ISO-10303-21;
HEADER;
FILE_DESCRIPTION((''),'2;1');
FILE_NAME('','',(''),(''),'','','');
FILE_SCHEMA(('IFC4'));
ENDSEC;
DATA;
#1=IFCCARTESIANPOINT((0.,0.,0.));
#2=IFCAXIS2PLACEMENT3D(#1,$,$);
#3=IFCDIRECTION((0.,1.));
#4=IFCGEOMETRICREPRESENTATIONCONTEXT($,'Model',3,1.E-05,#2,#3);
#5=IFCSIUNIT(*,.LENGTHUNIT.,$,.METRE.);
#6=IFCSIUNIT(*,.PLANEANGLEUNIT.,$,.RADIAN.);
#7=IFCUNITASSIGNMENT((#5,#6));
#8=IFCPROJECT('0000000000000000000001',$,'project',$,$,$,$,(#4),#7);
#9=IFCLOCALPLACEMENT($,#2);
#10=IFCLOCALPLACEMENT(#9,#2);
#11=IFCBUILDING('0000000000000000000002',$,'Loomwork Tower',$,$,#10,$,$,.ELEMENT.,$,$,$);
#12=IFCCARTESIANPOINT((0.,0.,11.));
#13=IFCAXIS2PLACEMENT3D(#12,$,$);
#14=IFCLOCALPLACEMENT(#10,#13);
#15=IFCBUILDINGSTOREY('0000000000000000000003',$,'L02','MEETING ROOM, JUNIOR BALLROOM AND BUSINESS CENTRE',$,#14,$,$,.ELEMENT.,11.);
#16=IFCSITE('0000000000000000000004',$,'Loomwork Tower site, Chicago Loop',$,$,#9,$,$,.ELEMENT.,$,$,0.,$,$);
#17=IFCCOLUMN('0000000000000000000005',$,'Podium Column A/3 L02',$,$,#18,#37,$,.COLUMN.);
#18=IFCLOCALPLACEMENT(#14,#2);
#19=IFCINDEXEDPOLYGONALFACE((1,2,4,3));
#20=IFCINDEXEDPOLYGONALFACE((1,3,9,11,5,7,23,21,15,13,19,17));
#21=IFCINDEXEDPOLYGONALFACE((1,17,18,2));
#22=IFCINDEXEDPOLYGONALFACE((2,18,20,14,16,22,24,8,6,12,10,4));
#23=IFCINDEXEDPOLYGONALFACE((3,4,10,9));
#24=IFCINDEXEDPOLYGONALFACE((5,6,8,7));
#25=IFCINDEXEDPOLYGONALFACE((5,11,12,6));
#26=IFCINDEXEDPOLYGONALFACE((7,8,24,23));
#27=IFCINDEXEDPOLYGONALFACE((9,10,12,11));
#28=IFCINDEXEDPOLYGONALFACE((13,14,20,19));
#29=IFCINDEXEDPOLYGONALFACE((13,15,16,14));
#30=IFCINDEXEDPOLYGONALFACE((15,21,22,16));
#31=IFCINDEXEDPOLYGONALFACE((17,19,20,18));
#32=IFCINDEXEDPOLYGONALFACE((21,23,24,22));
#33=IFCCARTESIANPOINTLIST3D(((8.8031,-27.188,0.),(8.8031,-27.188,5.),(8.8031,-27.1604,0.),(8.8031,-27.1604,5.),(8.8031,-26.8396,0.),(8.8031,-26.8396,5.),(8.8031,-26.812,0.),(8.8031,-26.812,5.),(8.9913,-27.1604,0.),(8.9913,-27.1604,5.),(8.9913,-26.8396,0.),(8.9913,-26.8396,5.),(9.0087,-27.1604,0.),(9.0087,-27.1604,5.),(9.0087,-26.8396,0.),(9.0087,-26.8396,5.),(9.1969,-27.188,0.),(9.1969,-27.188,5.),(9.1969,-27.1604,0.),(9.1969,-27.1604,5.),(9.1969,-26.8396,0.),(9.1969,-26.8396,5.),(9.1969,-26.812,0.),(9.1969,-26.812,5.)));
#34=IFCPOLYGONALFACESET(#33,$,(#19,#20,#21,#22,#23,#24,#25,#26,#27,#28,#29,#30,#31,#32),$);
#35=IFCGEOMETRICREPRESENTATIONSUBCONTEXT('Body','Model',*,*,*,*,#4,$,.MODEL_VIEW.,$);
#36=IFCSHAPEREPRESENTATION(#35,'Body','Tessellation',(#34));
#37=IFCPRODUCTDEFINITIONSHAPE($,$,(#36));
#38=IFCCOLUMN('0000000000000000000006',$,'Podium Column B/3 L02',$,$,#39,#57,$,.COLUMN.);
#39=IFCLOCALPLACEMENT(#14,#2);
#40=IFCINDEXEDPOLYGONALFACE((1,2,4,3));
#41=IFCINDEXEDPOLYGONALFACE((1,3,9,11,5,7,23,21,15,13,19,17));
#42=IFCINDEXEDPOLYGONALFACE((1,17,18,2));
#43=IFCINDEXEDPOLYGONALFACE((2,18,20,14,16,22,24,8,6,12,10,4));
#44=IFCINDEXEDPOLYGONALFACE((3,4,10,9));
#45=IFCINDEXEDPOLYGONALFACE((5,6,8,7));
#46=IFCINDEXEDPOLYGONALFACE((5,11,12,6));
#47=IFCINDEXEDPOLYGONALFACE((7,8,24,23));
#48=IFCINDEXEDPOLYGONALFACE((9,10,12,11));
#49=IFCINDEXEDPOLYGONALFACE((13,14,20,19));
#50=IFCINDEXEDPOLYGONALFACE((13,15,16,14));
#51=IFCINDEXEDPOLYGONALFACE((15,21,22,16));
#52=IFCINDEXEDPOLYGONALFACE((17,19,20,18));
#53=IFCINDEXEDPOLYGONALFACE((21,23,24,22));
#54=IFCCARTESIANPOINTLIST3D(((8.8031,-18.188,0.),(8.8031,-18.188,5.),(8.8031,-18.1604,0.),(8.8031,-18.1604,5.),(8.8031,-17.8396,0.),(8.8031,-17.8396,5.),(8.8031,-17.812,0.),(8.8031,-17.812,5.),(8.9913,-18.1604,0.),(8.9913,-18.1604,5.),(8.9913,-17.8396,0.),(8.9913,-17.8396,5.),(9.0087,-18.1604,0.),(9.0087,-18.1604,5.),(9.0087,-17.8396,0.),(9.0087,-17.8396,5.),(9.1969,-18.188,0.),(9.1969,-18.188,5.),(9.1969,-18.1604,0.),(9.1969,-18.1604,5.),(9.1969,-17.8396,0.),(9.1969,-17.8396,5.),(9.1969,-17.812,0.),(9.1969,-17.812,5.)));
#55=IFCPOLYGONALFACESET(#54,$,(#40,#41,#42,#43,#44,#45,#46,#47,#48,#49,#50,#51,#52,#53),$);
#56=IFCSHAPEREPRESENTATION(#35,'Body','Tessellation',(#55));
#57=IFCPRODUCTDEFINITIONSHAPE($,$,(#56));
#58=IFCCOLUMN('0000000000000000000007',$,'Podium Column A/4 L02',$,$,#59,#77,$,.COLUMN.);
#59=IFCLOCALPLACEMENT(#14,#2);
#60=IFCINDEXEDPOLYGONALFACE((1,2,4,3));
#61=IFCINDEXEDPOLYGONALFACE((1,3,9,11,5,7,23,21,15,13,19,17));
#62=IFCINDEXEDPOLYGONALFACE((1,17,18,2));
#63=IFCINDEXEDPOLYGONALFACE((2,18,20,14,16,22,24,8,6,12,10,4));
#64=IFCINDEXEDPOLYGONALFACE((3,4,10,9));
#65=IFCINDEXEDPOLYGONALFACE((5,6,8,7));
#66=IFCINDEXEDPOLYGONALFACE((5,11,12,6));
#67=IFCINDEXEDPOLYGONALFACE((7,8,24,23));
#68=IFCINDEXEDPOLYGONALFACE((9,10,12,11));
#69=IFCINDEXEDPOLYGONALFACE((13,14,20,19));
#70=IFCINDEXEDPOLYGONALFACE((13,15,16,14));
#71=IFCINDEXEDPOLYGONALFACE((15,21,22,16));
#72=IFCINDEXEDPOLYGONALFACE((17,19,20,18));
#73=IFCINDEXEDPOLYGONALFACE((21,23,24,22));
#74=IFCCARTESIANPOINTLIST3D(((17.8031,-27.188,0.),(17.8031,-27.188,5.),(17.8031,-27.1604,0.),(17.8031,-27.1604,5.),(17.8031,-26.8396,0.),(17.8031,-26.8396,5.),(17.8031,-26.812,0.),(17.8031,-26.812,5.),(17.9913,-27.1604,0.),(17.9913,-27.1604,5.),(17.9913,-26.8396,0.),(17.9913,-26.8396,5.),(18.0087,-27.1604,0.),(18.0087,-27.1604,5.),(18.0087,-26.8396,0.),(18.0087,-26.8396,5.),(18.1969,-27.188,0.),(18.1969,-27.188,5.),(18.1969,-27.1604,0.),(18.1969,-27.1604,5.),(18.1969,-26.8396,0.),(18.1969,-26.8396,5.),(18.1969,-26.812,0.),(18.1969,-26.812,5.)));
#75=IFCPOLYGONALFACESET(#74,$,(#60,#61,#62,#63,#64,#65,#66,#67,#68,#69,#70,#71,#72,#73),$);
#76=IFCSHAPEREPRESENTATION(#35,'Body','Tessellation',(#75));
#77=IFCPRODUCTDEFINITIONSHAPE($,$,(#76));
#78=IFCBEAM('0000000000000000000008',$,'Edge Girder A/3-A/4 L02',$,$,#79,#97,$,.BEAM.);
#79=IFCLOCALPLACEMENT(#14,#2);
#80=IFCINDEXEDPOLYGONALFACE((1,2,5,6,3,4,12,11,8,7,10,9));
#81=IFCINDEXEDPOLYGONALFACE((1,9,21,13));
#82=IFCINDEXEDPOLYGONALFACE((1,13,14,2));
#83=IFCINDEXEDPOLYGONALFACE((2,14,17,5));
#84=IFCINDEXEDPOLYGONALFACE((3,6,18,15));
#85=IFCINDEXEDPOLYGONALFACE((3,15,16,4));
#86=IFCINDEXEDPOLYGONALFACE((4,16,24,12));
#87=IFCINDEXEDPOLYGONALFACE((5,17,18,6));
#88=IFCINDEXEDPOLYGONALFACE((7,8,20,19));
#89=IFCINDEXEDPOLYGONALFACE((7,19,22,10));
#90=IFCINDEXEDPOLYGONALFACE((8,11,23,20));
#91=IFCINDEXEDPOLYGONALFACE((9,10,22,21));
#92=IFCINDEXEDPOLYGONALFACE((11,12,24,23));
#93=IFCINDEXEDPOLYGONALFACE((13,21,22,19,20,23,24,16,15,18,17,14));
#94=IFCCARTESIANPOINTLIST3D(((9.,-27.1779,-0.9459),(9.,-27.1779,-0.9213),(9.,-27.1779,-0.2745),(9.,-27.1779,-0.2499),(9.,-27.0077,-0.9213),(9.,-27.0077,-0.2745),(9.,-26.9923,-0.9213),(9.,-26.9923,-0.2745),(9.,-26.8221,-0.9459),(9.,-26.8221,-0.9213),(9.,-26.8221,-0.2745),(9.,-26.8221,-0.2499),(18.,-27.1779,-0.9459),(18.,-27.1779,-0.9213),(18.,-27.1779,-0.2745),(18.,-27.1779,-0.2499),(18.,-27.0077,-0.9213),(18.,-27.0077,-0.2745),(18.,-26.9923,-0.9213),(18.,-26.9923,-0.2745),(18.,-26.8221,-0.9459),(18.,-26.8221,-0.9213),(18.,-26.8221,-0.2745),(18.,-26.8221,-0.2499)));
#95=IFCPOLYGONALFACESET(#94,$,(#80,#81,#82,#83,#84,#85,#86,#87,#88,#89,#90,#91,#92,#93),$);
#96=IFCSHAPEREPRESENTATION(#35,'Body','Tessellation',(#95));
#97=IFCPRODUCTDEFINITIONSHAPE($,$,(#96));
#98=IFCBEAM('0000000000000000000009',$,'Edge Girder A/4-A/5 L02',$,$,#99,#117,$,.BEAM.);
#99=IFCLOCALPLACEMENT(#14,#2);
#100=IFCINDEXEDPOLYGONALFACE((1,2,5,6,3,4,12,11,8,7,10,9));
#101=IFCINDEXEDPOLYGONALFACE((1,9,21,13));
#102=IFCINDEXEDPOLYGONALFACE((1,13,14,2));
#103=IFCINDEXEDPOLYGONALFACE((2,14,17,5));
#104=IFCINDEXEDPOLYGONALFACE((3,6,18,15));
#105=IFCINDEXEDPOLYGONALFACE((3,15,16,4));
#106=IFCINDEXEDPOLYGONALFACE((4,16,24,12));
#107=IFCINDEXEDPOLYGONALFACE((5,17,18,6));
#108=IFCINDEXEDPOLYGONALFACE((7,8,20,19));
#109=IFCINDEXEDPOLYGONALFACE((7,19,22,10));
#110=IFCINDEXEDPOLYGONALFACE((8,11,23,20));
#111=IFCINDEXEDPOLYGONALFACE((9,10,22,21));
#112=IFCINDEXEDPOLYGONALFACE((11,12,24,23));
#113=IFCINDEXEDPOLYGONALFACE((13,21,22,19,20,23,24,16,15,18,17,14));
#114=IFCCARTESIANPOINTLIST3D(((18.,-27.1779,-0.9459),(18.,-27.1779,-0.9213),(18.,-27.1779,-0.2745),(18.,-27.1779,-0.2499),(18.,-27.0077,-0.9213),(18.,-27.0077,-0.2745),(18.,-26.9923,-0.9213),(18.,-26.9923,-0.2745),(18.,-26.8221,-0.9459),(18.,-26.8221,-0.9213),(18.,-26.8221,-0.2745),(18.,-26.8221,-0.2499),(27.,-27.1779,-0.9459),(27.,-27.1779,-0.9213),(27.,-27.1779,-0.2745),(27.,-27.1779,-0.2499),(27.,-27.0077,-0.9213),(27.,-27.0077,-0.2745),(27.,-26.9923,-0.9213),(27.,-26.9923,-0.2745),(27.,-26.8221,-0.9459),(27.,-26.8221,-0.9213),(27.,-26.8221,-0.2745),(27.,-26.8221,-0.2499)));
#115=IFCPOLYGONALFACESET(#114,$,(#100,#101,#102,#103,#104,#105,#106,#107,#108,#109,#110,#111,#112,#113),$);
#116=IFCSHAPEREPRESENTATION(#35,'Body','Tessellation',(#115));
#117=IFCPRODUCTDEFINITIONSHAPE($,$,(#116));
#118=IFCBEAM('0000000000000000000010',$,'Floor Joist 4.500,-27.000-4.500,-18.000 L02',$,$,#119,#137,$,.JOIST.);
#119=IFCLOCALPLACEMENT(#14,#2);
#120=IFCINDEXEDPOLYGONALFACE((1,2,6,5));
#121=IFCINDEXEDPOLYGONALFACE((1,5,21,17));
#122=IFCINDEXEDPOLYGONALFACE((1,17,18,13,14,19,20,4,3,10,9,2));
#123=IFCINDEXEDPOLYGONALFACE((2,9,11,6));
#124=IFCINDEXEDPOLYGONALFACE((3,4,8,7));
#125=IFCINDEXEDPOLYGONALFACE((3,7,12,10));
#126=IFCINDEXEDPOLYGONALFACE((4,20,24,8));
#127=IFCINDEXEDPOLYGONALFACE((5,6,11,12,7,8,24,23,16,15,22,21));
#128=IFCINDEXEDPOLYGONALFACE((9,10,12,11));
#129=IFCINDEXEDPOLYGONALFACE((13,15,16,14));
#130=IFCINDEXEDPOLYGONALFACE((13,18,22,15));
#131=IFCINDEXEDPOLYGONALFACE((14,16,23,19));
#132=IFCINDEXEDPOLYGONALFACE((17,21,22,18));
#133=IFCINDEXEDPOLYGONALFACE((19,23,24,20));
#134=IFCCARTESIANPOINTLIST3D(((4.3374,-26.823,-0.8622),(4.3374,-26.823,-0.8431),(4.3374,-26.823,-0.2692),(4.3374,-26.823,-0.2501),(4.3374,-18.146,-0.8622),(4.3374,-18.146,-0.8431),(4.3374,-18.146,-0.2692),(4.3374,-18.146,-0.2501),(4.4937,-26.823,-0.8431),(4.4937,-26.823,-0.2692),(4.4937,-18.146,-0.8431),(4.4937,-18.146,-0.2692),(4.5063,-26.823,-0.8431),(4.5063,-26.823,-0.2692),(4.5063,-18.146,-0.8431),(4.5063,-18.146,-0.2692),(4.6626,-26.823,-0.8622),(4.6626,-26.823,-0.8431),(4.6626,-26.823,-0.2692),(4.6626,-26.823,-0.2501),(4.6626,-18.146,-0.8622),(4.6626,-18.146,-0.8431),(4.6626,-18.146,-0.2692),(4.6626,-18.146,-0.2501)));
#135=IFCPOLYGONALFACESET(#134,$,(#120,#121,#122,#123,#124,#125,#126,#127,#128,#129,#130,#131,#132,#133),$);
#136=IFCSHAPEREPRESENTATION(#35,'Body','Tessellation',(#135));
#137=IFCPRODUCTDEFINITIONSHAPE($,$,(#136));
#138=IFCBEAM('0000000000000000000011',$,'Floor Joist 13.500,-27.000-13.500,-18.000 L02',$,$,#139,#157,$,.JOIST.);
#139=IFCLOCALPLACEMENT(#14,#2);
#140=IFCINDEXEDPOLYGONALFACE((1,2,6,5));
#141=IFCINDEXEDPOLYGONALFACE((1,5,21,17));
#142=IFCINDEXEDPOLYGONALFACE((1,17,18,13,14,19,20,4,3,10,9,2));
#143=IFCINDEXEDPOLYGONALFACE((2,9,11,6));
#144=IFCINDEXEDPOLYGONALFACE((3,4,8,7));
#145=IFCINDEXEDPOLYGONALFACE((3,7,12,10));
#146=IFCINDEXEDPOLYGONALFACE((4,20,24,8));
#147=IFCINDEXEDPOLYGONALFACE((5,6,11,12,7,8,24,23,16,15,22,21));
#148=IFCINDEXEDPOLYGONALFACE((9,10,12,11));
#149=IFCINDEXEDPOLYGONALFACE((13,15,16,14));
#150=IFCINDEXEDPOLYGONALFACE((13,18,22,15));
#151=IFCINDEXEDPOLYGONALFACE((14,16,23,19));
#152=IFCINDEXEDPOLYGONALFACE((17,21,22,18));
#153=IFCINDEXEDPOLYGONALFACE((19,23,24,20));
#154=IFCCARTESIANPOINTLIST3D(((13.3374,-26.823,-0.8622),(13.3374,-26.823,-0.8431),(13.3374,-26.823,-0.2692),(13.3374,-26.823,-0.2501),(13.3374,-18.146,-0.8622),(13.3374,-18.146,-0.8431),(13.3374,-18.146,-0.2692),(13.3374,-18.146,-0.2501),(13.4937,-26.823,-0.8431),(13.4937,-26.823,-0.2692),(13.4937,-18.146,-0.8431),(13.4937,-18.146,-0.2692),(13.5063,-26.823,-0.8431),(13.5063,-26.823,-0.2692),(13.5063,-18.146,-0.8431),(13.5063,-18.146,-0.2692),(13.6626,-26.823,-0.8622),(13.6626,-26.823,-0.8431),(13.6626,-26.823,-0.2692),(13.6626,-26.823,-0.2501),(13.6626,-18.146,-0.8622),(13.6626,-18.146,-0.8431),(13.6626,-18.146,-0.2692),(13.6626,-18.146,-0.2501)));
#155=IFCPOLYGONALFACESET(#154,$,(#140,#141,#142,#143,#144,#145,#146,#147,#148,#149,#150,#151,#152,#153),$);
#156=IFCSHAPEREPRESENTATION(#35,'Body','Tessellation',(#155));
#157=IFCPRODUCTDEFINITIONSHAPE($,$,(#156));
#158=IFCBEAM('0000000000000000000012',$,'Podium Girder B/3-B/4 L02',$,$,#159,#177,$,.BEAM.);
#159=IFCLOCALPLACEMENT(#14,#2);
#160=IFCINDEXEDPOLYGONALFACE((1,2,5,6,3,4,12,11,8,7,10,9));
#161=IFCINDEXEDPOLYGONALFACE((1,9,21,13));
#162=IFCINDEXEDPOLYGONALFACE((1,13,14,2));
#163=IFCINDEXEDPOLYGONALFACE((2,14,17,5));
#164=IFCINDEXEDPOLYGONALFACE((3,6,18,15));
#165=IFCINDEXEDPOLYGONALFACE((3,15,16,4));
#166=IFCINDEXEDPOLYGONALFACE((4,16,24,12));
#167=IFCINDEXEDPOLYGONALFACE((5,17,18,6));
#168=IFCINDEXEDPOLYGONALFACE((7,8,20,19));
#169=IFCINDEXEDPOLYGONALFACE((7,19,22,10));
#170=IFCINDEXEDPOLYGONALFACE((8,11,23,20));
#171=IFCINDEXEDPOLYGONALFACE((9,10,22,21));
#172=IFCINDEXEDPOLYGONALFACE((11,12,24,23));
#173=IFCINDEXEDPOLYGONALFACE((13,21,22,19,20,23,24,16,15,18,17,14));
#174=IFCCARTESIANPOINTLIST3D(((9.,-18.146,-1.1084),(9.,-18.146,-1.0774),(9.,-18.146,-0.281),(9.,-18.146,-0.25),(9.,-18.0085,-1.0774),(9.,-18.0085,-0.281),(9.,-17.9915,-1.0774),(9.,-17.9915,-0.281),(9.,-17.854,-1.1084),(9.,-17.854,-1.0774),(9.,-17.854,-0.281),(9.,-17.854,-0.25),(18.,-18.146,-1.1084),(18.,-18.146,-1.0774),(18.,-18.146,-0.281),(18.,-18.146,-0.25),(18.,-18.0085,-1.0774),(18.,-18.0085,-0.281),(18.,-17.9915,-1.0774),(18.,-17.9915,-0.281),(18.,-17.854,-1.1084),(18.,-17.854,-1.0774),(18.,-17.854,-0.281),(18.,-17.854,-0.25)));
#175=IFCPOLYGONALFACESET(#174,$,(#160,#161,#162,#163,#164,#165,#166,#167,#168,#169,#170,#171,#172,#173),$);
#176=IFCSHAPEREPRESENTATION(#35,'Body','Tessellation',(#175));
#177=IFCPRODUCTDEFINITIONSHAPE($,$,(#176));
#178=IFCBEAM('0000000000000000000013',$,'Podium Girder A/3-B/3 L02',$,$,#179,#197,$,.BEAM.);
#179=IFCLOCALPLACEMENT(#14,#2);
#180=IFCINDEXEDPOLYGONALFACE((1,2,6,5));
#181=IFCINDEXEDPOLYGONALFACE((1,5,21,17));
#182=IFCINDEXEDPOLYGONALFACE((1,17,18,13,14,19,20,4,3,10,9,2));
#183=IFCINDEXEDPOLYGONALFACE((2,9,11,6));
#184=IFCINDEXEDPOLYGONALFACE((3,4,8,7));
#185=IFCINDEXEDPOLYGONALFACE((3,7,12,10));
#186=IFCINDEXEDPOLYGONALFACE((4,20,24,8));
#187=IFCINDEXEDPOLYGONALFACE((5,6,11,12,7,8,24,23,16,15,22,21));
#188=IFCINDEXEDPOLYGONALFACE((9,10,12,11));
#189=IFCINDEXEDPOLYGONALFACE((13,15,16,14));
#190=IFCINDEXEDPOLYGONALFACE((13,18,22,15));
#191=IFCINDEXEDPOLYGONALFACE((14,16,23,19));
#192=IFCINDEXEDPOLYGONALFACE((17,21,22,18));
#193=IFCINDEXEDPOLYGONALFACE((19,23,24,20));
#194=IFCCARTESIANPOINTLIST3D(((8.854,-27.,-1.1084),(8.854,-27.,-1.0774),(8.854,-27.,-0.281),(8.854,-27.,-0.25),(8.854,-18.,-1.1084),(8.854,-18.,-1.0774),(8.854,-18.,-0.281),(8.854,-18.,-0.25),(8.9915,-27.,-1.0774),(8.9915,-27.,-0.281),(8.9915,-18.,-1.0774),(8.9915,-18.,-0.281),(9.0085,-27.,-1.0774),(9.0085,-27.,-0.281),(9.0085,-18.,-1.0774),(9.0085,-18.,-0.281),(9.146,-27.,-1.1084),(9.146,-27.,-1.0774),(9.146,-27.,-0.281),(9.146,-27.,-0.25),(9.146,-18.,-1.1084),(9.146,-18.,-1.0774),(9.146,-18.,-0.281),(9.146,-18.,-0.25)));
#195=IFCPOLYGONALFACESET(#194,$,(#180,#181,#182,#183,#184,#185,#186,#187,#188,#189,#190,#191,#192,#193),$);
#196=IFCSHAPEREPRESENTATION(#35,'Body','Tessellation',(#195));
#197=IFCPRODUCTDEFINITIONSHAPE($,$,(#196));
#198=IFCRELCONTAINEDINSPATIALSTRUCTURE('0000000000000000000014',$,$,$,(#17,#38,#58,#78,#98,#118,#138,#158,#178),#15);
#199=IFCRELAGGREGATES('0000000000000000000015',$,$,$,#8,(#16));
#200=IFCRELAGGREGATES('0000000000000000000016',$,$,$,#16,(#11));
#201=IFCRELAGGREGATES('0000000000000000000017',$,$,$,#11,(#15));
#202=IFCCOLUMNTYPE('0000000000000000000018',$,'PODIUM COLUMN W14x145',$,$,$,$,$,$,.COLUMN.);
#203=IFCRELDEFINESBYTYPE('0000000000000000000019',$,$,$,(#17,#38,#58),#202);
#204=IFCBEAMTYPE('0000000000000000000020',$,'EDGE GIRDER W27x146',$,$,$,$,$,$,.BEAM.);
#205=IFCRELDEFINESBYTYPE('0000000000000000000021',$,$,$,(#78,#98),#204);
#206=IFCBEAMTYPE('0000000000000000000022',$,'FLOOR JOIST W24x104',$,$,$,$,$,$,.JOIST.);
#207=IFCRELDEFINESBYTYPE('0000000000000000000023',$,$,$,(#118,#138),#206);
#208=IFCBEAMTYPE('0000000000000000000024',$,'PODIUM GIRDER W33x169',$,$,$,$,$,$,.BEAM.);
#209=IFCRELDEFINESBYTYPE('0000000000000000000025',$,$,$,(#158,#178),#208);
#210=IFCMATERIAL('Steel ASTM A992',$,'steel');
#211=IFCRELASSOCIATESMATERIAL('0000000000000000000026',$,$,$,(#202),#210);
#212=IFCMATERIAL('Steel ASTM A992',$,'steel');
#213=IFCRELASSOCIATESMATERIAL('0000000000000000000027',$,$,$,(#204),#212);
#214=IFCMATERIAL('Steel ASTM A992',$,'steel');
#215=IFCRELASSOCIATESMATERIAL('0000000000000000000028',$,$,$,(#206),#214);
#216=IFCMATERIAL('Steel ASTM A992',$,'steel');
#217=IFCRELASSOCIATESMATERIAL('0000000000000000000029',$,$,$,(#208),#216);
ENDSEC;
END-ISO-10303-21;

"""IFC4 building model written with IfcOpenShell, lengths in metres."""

from ifc_helpers import new_model, si_unit, direction, frame, origin, origin_2d, place, context, subcontext, project, spatial, i_section, extrude, material, material_profile, profile_set, type_object, element, save


model = new_model("IFC4")

# Units and contexts
model_context = context("Model", 3, precision=1e-05, world=origin(), true_north=direction((0.0, 1.0)))
body_context = subcontext(model_context, "Body", "Model", "MODEL_VIEW")
ifc_project = project(units=[si_unit("LENGTHUNIT", "METRE"), si_unit("PLANEANGLEUNIT", "RADIAN")], contexts=[model_context])

# Site, building, storey
site_placement = place(None, origin())
site = spatial("IfcSite", under=ifc_project, at=site_placement, Name="Loomwork Tower site, Chicago Loop", CompositionType="ELEMENT", RefElevation=0.0)
building_placement = place(site_placement, origin())
building = spatial("IfcBuilding", under=site, at=building_placement, Name="Loomwork Tower", CompositionType="ELEMENT")
storey_placement = place(building_placement, frame((0.0, 0.0, 11.0)))
storey = spatial("IfcBuildingStorey", under=building, at=storey_placement, Name="L02", Description="MEETING ROOM, JUNIOR BALLROOM AND BUSINESS CENTRE", CompositionType="ELEMENT", Elevation=11.0)

# Columns
ifc_material_1 = material(Name="Steel ASTM A992", Category="steel")
ifc_material_profile_1 = material_profile(ifc_material_1, i_section(OverallWidth=0.3938, OverallDepth=0.376, WebThickness=0.0173, FlangeThickness=0.0276, at=origin_2d()), Name="W14x145")
ifc_profile_set_1 = profile_set([ifc_material_profile_1], Name="Steel ASTM A992")
column_type = type_object("IfcColumnType", Name="PODIUM COLUMN W14x145", PredefinedType="COLUMN", material=ifc_profile_set_1)
for number, where, z_axis, x_axis, name in (
    (1, (9.0, -27.0, 0.0), (0.0, 0.0, 1.0), (1.0, 0.0, 0.0), "Podium Column A/3 L02"),
    (2, (9.0, -18.0, 0.0), (0.0, 0.0, 1.0), (1.0, 0.0, 0.0), "Podium Column B/3 L02"),
    (3, (18.0, -27.0, 0.0), (0.0, 0.0, 1.0), (1.0, 0.0, 0.0), "Podium Column A/4 L02"),
):
    element("IfcColumn", number, at=place(storey_placement, frame(where, z_axis=z_axis, x_axis=x_axis)), inside=storey, type_object=column_type, Name=name, PredefinedType="COLUMN", context=body_context, shape_type="SweptSolid", body=[
        extrude(i_section(OverallWidth=0.3938, OverallDepth=0.376, WebThickness=0.0173, FlangeThickness=0.0276, at=origin_2d()), origin(), (0.0, 0.0, 1.0), 5.0),
    ])

# Beams
ifc_material_2 = material(Name="Steel ASTM A992", Category="steel")
ifc_material_profile_2 = material_profile(ifc_material_2, i_section(OverallWidth=0.3557, OverallDepth=0.696, WebThickness=0.0154, FlangeThickness=0.0247, at=origin_2d()), Name="W27x146")
ifc_profile_set_2 = profile_set([ifc_material_profile_2], Name="Steel ASTM A992")
beam_type_1 = type_object("IfcBeamType", Name="EDGE GIRDER W27x146", PredefinedType="BEAM", material=ifc_profile_set_2)
for number, where, z_axis, x_axis, name in (
    (4, (9.0, -27.0, -0.5979), (1.0, 0.0, 0.0), (0.0, 1.0, 0.0), "Edge Girder A/3-A/4 L02"),
    (5, (18.0, -27.0, -0.5979), (1.0, 0.0, 0.0), (0.0, 1.0, 0.0), "Edge Girder A/4-A/5 L02"),
):
    element("IfcBeam", number, at=place(storey_placement, frame(where, z_axis=z_axis, x_axis=x_axis)), inside=storey, type_object=beam_type_1, Name=name, PredefinedType="BEAM", context=body_context, shape_type="SweptSolid", body=[
        extrude(i_section(OverallWidth=0.3557, OverallDepth=0.696, WebThickness=0.0154, FlangeThickness=0.0247, at=origin_2d()), origin(), (0.0, 0.0, 1.0), 9.0),
    ])
ifc_material_3 = material(Name="Steel ASTM A992", Category="steel")
ifc_material_profile_3 = material_profile(ifc_material_3, i_section(OverallWidth=0.3252, OverallDepth=0.6121, WebThickness=0.0127, FlangeThickness=0.019, at=origin_2d()), Name="W24x104")
ifc_profile_set_3 = profile_set([ifc_material_profile_3], Name="Steel ASTM A992")
beam_type_2 = type_object("IfcBeamType", Name="FLOOR JOIST W24x104", PredefinedType="JOIST", material=ifc_profile_set_3)
for number, where, z_axis, x_axis, name in (
    (6, (4.5, -26.823, -0.5562), (0.0, 1.0, 0.0), (-1.0, 0.0, 0.0), "Floor Joist 4.500,-27.000-4.500,-18.000 L02"),
    (7, (13.5, -26.823, -0.5562), (0.0, 1.0, 0.0), (-1.0, 0.0, 0.0), "Floor Joist 13.500,-27.000-13.500,-18.000 L02"),
):
    element("IfcBeam", number, at=place(storey_placement, frame(where, z_axis=z_axis, x_axis=x_axis)), inside=storey, type_object=beam_type_2, Name=name, PredefinedType="JOIST", context=body_context, shape_type="SweptSolid", body=[
        extrude(i_section(OverallWidth=0.3252, OverallDepth=0.6121, WebThickness=0.0127, FlangeThickness=0.019, at=origin_2d()), origin(), (0.0, 0.0, 1.0), 8.677),
    ])
ifc_material_4 = material(Name="Steel ASTM A992", Category="steel")
ifc_material_profile_4 = material_profile(ifc_material_4, i_section(OverallWidth=0.292, OverallDepth=0.8584, WebThickness=0.0171, FlangeThickness=0.031, at=origin_2d()), Name="W33x169")
ifc_profile_set_4 = profile_set([ifc_material_profile_4], Name="Steel ASTM A992")
beam_type_3 = type_object("IfcBeamType", Name="PODIUM GIRDER W33x169", PredefinedType="BEAM", material=ifc_profile_set_4)
for number, where, z_axis, x_axis, name in (
    (8, (9.0, -18.0, -0.6792), (1.0, 0.0, 0.0), (0.0, 1.0, 0.0), "Podium Girder B/3-B/4 L02"),
    (9, (9.0, -27.0, -0.6792), (0.0, 1.0, 0.0), (-1.0, 0.0, 0.0), "Podium Girder A/3-B/3 L02"),
):
    element("IfcBeam", number, at=place(storey_placement, frame(where, z_axis=z_axis, x_axis=x_axis)), inside=storey, type_object=beam_type_3, Name=name, PredefinedType="BEAM", context=body_context, shape_type="SweptSolid", body=[
        extrude(i_section(OverallWidth=0.292, OverallDepth=0.8584, WebThickness=0.0171, FlangeThickness=0.031, at=origin_2d()), origin(), (0.0, 0.0, 1.0), 9.0),
    ])

save(model, "model.ifc")
